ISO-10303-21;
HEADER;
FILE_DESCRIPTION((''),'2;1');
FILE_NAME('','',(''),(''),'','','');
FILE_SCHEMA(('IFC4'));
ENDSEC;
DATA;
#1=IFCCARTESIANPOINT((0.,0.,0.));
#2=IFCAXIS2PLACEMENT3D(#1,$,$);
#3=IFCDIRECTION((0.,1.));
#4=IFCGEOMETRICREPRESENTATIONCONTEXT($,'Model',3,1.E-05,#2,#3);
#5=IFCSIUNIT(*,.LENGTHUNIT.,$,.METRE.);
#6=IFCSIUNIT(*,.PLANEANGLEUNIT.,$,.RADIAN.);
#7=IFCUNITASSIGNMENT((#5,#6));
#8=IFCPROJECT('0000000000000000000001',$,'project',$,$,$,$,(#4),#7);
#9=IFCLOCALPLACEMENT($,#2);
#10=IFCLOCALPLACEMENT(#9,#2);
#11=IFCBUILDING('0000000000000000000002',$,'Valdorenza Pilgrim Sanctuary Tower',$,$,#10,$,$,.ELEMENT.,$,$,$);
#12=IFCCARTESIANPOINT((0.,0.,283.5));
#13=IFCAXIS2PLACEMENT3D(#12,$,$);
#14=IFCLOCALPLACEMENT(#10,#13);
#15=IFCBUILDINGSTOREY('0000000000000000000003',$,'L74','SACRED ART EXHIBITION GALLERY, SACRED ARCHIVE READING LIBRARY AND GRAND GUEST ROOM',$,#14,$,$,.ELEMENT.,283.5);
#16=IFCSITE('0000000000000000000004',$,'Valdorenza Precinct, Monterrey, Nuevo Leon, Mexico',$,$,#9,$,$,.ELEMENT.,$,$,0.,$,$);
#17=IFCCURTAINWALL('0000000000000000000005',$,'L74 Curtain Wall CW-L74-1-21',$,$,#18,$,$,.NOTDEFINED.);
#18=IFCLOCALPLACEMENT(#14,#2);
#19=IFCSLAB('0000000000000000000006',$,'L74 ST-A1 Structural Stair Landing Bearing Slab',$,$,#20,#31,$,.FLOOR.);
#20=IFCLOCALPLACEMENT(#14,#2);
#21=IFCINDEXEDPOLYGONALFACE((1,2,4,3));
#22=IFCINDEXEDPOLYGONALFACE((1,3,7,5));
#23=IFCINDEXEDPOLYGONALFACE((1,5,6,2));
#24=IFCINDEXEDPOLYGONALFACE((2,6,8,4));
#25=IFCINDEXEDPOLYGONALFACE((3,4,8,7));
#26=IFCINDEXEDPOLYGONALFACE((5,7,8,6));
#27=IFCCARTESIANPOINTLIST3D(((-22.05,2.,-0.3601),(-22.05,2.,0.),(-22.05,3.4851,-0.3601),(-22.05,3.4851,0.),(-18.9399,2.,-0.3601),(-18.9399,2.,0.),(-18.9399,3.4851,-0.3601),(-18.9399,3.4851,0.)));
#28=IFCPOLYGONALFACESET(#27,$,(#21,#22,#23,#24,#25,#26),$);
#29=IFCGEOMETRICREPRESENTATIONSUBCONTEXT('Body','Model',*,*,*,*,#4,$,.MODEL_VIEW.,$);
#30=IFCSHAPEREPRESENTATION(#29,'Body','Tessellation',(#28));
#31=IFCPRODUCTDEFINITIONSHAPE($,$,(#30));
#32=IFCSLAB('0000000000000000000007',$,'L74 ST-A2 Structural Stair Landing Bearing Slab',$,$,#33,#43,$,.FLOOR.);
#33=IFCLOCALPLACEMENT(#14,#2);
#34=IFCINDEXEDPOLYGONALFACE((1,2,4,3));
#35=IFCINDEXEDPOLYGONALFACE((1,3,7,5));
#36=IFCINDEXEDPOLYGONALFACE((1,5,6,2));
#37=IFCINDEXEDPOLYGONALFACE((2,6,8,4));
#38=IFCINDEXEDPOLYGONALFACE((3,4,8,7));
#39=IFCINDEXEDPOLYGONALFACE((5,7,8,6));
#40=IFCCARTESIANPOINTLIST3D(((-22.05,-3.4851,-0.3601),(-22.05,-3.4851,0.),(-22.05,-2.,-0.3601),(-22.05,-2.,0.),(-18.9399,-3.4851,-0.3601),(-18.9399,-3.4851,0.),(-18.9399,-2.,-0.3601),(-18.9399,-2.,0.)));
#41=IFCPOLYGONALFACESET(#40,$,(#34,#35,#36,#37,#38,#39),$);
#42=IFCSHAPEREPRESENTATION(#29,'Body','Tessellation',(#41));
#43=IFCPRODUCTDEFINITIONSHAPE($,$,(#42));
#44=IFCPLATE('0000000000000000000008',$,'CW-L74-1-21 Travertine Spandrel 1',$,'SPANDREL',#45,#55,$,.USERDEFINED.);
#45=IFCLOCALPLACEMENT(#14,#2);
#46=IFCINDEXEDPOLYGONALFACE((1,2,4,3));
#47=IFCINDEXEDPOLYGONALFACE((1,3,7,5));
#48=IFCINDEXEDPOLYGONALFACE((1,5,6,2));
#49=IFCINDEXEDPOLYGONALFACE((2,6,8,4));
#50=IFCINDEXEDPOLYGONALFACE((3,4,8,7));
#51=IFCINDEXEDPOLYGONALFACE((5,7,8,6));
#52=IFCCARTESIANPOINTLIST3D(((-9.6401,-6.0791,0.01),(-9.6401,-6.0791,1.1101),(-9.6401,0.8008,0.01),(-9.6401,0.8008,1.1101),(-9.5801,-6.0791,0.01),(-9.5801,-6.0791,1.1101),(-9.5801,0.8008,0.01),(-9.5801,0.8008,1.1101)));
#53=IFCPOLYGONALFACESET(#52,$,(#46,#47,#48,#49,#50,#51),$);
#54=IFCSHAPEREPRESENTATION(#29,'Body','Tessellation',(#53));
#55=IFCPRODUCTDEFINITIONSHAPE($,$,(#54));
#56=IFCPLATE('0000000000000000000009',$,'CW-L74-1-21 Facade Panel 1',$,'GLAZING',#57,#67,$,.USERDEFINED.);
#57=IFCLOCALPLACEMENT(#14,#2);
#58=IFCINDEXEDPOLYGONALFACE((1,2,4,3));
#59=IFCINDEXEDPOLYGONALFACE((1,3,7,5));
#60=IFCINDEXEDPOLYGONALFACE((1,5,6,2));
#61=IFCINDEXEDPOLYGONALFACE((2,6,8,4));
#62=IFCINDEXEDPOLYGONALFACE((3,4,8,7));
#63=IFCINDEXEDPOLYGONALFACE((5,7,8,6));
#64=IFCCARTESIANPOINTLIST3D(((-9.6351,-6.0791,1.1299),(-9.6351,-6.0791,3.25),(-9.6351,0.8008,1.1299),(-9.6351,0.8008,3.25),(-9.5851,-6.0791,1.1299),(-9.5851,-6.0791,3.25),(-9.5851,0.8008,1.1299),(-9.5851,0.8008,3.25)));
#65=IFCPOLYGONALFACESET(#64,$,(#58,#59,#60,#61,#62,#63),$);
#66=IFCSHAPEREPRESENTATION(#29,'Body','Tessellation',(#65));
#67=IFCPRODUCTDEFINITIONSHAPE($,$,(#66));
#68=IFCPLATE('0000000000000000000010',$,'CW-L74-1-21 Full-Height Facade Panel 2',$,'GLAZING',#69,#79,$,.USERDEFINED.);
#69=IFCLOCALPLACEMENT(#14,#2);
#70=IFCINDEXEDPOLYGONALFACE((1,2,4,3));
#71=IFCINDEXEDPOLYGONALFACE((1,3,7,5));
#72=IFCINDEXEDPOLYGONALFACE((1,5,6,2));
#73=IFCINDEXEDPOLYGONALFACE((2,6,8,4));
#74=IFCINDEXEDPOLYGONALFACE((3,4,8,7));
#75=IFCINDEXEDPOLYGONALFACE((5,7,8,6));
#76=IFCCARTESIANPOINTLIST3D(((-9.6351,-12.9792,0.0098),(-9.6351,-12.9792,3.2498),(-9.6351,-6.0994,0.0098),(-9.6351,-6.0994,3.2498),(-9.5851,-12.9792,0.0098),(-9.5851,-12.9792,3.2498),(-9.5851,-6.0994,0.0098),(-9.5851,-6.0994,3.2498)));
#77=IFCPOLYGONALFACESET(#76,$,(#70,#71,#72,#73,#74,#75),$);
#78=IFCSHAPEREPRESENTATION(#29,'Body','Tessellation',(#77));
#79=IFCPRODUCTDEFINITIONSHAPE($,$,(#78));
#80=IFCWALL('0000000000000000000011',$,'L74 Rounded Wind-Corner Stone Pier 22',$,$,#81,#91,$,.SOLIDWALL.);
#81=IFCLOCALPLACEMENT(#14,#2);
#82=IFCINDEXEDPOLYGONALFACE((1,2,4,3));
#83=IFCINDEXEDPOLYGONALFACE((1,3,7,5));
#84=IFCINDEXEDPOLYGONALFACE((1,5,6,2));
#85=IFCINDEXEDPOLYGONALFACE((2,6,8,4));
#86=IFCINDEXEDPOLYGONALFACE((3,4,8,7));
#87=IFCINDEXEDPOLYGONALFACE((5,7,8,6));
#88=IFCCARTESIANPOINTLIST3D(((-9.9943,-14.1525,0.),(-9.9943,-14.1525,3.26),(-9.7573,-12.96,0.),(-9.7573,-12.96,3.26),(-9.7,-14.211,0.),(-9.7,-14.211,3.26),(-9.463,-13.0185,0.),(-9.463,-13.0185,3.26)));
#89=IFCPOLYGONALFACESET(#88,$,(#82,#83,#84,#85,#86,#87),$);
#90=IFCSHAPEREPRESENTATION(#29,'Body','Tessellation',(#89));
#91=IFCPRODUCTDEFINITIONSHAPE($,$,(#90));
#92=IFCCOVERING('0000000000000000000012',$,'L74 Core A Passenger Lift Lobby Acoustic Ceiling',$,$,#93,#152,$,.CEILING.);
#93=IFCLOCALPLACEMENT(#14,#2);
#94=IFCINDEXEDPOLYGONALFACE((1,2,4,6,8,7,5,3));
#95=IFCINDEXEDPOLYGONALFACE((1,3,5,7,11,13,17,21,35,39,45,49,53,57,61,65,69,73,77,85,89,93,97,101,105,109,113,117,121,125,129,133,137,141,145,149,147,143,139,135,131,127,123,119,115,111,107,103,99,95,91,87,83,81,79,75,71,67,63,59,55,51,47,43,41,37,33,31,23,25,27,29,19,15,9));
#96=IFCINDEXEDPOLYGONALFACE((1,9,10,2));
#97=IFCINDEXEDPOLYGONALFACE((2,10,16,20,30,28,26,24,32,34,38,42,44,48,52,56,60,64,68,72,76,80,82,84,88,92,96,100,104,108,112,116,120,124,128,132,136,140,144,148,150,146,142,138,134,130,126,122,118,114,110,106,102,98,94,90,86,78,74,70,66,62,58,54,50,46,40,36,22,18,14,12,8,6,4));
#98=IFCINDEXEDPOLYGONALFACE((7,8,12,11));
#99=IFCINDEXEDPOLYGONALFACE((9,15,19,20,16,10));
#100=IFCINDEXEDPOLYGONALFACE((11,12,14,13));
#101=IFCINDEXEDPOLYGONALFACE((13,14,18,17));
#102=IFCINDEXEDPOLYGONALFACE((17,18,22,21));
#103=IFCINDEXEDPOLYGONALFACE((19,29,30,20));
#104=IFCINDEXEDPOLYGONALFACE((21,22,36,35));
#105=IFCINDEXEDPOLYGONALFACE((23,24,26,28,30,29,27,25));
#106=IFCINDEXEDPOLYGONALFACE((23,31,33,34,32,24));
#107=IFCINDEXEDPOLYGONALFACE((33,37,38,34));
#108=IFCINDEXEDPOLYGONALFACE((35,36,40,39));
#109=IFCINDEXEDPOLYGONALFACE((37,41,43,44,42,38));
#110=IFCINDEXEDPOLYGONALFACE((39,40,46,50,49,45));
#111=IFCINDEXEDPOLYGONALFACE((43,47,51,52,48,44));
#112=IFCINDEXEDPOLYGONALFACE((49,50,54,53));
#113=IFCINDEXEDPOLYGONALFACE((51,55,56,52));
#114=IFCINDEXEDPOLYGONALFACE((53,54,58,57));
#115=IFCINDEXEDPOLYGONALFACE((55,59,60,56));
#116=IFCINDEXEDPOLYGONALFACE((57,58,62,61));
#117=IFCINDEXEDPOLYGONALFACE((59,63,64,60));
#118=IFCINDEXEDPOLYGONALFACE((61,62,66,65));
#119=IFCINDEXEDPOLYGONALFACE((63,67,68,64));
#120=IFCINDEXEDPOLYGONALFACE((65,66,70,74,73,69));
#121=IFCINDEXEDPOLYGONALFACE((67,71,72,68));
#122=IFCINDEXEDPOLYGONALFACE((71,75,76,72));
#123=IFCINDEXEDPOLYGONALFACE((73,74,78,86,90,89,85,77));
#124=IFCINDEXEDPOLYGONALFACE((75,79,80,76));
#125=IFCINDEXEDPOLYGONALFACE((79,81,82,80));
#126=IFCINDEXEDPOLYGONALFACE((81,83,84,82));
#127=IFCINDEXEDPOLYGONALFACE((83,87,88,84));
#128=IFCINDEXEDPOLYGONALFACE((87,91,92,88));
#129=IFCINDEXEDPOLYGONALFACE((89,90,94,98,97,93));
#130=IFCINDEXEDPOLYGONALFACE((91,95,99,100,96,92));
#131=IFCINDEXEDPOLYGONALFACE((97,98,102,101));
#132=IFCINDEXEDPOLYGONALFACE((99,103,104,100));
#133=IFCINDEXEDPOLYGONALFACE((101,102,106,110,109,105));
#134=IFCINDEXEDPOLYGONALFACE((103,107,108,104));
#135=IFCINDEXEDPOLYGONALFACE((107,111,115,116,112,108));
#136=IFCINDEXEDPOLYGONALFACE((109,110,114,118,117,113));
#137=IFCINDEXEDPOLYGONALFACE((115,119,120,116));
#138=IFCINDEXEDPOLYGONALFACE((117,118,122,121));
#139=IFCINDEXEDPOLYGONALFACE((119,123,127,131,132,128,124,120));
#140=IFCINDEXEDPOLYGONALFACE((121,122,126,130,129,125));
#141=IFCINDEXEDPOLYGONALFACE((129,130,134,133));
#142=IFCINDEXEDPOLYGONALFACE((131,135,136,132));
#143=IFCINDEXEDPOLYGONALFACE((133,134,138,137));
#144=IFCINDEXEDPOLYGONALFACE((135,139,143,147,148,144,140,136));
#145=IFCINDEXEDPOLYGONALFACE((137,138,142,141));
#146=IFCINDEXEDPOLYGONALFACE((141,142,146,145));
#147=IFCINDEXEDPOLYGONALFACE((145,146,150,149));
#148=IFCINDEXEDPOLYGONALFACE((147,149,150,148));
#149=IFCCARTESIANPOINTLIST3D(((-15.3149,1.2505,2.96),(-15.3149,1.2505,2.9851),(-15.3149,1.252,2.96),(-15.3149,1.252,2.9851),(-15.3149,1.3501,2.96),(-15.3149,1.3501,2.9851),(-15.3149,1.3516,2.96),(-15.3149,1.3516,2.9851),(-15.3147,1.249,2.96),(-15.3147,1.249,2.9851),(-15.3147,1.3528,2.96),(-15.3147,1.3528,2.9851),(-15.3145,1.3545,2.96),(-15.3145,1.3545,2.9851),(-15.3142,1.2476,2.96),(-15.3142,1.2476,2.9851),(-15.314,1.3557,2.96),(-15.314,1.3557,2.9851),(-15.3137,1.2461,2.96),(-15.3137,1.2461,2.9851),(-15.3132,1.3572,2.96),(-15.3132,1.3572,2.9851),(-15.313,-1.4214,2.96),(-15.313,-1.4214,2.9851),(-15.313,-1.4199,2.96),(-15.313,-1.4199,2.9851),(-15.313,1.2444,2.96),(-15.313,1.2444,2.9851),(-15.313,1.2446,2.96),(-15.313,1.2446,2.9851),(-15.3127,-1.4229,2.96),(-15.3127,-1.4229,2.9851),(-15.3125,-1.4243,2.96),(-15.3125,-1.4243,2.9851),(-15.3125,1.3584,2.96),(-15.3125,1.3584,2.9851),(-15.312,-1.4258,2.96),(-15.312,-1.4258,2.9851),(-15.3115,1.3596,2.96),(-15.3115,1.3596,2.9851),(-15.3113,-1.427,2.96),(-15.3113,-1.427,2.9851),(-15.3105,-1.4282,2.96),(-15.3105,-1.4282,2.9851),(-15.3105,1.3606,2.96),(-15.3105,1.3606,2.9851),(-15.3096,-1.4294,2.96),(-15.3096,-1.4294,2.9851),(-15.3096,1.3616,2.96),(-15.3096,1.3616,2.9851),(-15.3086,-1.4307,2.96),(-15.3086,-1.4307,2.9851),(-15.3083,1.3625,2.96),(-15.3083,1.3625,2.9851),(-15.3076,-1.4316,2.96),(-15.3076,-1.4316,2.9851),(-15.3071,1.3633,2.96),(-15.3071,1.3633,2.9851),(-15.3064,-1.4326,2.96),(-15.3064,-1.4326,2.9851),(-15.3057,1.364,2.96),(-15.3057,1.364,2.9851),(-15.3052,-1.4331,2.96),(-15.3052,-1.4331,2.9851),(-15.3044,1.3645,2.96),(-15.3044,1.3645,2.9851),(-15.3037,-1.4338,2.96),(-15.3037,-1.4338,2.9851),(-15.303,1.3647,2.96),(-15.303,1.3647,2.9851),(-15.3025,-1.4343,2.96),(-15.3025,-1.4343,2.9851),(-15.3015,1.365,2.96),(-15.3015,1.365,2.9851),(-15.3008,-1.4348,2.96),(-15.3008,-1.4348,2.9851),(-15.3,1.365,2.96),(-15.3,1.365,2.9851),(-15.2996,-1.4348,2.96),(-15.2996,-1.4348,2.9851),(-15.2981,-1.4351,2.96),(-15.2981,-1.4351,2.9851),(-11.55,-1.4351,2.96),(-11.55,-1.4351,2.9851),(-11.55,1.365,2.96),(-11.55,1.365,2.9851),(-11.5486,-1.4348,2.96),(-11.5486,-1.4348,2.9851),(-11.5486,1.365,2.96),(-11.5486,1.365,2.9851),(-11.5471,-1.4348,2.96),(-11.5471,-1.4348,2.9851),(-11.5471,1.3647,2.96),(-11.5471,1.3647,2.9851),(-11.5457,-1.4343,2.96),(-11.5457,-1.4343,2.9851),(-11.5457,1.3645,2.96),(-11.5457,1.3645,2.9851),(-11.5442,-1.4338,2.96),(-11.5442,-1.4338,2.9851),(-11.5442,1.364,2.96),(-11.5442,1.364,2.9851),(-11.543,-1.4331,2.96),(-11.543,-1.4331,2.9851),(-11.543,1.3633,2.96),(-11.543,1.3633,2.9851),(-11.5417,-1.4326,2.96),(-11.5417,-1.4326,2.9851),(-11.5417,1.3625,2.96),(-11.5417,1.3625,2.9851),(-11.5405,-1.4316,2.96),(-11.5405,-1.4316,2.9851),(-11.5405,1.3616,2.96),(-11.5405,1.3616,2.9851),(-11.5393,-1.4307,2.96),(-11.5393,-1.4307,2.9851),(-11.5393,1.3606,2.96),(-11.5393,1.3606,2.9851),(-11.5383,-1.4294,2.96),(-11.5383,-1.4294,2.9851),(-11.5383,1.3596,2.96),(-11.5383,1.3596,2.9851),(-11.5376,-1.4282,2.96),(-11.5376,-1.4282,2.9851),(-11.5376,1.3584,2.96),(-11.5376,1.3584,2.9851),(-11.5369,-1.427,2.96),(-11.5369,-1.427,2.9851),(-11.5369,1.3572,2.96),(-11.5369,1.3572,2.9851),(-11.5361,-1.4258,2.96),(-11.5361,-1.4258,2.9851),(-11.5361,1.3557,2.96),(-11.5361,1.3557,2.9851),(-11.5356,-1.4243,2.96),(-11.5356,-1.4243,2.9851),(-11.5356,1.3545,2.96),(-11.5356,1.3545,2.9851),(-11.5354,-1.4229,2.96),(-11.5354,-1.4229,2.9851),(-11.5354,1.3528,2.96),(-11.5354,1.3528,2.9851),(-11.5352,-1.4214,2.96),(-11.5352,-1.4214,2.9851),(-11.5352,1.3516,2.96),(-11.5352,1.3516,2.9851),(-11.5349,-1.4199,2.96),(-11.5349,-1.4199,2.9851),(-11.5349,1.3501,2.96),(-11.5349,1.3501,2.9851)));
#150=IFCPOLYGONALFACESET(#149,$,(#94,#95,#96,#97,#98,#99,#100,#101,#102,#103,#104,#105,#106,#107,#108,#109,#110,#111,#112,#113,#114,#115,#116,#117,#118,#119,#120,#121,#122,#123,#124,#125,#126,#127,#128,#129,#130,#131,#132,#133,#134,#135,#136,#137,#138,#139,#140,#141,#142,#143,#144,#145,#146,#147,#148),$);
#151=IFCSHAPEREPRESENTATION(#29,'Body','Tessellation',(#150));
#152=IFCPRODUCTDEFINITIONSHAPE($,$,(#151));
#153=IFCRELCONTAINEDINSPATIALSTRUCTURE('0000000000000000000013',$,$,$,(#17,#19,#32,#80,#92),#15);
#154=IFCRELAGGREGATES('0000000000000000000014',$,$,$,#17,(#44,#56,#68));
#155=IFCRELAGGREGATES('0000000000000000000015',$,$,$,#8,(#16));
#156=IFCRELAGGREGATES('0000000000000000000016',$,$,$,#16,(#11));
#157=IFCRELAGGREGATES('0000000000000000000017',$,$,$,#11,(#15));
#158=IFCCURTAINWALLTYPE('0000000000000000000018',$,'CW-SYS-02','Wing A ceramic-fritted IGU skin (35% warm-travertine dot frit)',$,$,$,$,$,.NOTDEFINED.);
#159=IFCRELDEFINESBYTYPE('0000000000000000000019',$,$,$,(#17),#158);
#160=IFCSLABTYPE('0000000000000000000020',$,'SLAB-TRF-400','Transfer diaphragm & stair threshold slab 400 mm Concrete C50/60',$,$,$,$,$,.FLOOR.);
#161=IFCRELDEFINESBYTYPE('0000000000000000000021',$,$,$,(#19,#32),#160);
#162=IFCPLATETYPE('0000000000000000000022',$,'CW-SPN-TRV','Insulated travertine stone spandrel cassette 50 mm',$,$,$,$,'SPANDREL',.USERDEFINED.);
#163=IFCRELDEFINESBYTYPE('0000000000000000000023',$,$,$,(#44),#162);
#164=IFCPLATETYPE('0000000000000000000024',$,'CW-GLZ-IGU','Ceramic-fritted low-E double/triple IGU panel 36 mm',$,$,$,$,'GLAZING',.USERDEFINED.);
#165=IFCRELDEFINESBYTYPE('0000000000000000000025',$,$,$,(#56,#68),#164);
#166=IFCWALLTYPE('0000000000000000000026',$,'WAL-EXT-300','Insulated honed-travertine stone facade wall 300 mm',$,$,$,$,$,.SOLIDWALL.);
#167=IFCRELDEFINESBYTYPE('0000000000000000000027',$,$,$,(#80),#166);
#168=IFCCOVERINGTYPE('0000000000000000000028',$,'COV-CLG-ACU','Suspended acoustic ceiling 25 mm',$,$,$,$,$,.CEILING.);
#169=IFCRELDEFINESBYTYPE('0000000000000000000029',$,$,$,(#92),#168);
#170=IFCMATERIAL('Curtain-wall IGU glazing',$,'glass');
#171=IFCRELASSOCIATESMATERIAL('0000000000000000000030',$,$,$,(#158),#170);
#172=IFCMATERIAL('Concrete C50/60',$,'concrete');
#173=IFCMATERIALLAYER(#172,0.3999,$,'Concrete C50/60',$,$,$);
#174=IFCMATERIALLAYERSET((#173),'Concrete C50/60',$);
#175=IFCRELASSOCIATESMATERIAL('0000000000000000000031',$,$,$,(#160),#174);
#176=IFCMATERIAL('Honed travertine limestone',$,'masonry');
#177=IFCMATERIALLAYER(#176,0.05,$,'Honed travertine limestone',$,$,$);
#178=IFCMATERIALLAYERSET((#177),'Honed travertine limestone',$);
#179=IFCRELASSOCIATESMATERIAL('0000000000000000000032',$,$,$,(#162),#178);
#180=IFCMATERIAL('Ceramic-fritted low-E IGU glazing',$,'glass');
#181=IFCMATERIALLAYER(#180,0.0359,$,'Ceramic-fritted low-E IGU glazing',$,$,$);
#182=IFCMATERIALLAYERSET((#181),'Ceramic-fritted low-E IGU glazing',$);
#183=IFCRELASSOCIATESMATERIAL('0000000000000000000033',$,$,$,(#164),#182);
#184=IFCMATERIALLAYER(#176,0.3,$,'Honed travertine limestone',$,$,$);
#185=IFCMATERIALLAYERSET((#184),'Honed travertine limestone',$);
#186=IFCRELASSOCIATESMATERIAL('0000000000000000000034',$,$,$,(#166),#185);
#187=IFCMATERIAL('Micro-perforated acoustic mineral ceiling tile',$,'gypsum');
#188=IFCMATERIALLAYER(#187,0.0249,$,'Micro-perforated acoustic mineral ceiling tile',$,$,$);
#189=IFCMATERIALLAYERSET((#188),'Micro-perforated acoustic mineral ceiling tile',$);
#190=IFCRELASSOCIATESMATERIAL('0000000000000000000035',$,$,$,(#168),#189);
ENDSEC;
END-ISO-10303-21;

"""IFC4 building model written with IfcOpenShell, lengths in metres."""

from ifc_helpers import new_model, si_unit, direction, frame, frame_2d, origin, origin_2d, place, context, subcontext, project, spatial, polyline, rectangle, outline, extrude, source, transform, mapped, material, layer, layer_set, type_object, element, aggregate, save


model = new_model("IFC4")

# Units and contexts
model_context = context("Model", 3, precision=1e-05, world=origin(), true_north=direction((0.0, 1.0)))
body_context = subcontext(model_context, "Body", "Model", "MODEL_VIEW")
ifc_project = project(units=[si_unit("LENGTHUNIT", "METRE"), si_unit("PLANEANGLEUNIT", "RADIAN")], contexts=[model_context])

# Site, building, storey
site_placement = place(None, origin())
site = spatial("IfcSite", under=ifc_project, at=site_placement, Name="Valdorenza Precinct, Monterrey, Nuevo Leon, Mexico", CompositionType="ELEMENT", RefElevation=0.0)
building_placement = place(site_placement, origin())
building = spatial("IfcBuilding", under=site, at=building_placement, Name="Valdorenza Pilgrim Sanctuary Tower", CompositionType="ELEMENT")
storey_placement = place(building_placement, frame((0.0, 0.0, 283.5)))
storey = spatial("IfcBuildingStorey", under=building, at=storey_placement, Name="L74", Description="SACRED ART EXHIBITION GALLERY, SACRED ARCHIVE READING LIBRARY AND GRAND GUEST ROOM", CompositionType="ELEMENT", Elevation=283.5)

# Curtain wall
ifc_material_1 = material(Name="Curtain-wall IGU glazing", Category="glass")
curtain_wall_type = type_object("IfcCurtainWallType", Name="CW-SYS-02", Description="Wing A ceramic-fritted IGU skin (35% warm-travertine dot frit)", PredefinedType="NOTDEFINED", material=ifc_material_1)
curtain_wall_placement = place(storey_placement, origin())
curtain_wall = element("IfcCurtainWall", 1, at=curtain_wall_placement, inside=storey, type_object=curtain_wall_type, Name="L74 Curtain Wall CW-L74-1-21", PredefinedType="NOTDEFINED")

# Slabs
ifc_material_2 = material(Name="Concrete C50/60", Category="concrete")
ifc_layer_1 = layer(ifc_material_2, 0.3999, Name="Concrete C50/60")
ifc_layer_set_1 = layer_set([ifc_layer_1], Name="Concrete C50/60")
slab_type_1 = type_object("IfcSlabType", Name="SLAB-TRF-400", Description="Transfer diaphragm & stair threshold slab 400 mm Concrete C50/60", PredefinedType="FLOOR", material=ifc_layer_set_1)
slab_1_placement = place(storey_placement, frame((0.0, 0.0, -0.3601)))
element("IfcSlab", 2, at=slab_1_placement, inside=storey, type_object=slab_type_1, Name="L74 ST-A1 Structural Stair Landing Bearing Slab", PredefinedType="FLOOR", context=body_context, shape_type="SweptSolid", body=[
    extrude(outline(polyline([(-22.05, 2.0), (-18.9399, 2.0), (-18.9399, 3.4851), (-22.05, 3.4851), (-22.05, 2.0)])), origin(), (0.0, 0.0, 1.0), 0.3601),
])
slab_2_placement = place(storey_placement, frame((0.0, 0.0, -0.3601)))
element("IfcSlab", 3, at=slab_2_placement, inside=storey, type_object=slab_type_1, Name="L74 ST-A2 Structural Stair Landing Bearing Slab", PredefinedType="FLOOR", context=body_context, shape_type="SweptSolid", body=[
    extrude(outline(polyline([(-22.05, -3.4851), (-18.9399, -3.4851), (-18.9399, -2.0), (-22.05, -2.0), (-22.05, -3.4851)])), origin(), (0.0, 0.0, 1.0), 0.3601),
])

# Plates
ifc_material_3 = material(Name="Honed travertine limestone", Category="masonry")
ifc_layer_2 = layer(ifc_material_3, 0.05, Name="Honed travertine limestone")
ifc_layer_set_2 = layer_set([ifc_layer_2], Name="Honed travertine limestone")
plate_type_1 = type_object("IfcPlateType", Name="CW-SPN-TRV", Description="Insulated travertine stone spandrel cassette 50 mm", ElementType="SPANDREL", PredefinedType="USERDEFINED", material=ifc_layer_set_2)
shared_shape_1 = source(origin(), body_context, "Body", "SweptSolid", [
    extrude(rectangle(XDim=6.8799, YDim=0.0601, at=origin_2d()), origin(), (0.0, 0.0, 1.0), 1.1001),
])
plate_1_placement = place(storey_placement, frame((-9.6101, -2.6392, 0.01), z_axis=(0.0, 0.0, 1.0), x_axis=(0.0, -1.0, 0.0)))
plate_1 = element("IfcPlate", 4, at=plate_1_placement, type_object=plate_type_1, Name="CW-L74-1-21 Travertine Spandrel 1", ObjectType="SPANDREL", PredefinedType="USERDEFINED", context=body_context, shape_type="MappedRepresentation", body=[
    mapped(shared_shape_1, transform((0.0, 0.0, 0.0), x_axis=(1.0, 0.0, 0.0), y_axis=(0.0, 1.0, 0.0), z_axis=(0.0, 0.0, 1.0), scale=1.0)),
])
ifc_material_4 = material(Name="Ceramic-fritted low-E IGU glazing", Category="glass")
ifc_layer_3 = layer(ifc_material_4, 0.0359, Name="Ceramic-fritted low-E IGU glazing")
ifc_layer_set_3 = layer_set([ifc_layer_3], Name="Ceramic-fritted low-E IGU glazing")
plate_type_2 = type_object("IfcPlateType", Name="CW-GLZ-IGU", Description="Ceramic-fritted low-E double/triple IGU panel 36 mm", ElementType="GLAZING", PredefinedType="USERDEFINED", material=ifc_layer_set_3)
shared_shape_2 = source(origin(), body_context, "Body", "SweptSolid", [
    extrude(rectangle(XDim=6.8799, YDim=0.05, at=origin_2d()), origin(), (0.0, 0.0, 1.0), 2.1201),
])
plate_2_placement = place(storey_placement, frame((-9.6101, -2.6392, 1.1299), z_axis=(0.0, 0.0, 1.0), x_axis=(0.0, -1.0, 0.0)))
plate_2 = element("IfcPlate", 5, at=plate_2_placement, type_object=plate_type_2, Name="CW-L74-1-21 Facade Panel 1", ObjectType="GLAZING", PredefinedType="USERDEFINED", context=body_context, shape_type="MappedRepresentation", body=[
    mapped(shared_shape_2, transform((0.0, 0.0, 0.0), x_axis=(1.0, 0.0, 0.0), y_axis=(0.0, 1.0, 0.0), z_axis=(0.0, 0.0, 1.0), scale=1.0)),
])
shared_shape_3 = source(origin(), body_context, "Body", "SweptSolid", [
    extrude(rectangle(XDim=6.8799, YDim=0.05, at=origin_2d()), origin(), (0.0, 0.0, 1.0), 3.24),
])
plate_3_placement = place(storey_placement, frame((-9.6101, -9.5393, 0.0098), z_axis=(0.0, 0.0, 1.0), x_axis=(0.0, -1.0, 0.0)))
plate_3 = element("IfcPlate", 6, at=plate_3_placement, type_object=plate_type_2, Name="CW-L74-1-21 Full-Height Facade Panel 2", ObjectType="GLAZING", PredefinedType="USERDEFINED", context=body_context, shape_type="MappedRepresentation", body=[
    mapped(shared_shape_3, transform((0.0, 0.0, 0.0), x_axis=(1.0, 0.0, 0.0), y_axis=(0.0, 1.0, 0.0), z_axis=(0.0, 0.0, 1.0), scale=1.0)),
])
aggregate(curtain_wall, [plate_1, plate_2, plate_3])

# Wall
ifc_layer_4 = layer(ifc_material_3, 0.3, Name="Honed travertine limestone")
ifc_layer_set_4 = layer_set([ifc_layer_4], Name="Honed travertine limestone")
wall_type = type_object("IfcWallType", Name="WAL-EXT-300", Description="Insulated honed-travertine stone facade wall 300 mm", PredefinedType="SOLIDWALL", material=ifc_layer_set_4)
wall_placement = place(storey_placement, frame((-9.6101, -12.9893, 0.0), z_axis=(0.0, 0.0, 1.0), x_axis=(-0.194996, -0.980804, 0.0)))
element("IfcWall", 7, at=wall_placement, inside=storey, type_object=wall_type, Name="L74 Rounded Wind-Corner Stone Pier 22", PredefinedType="SOLIDWALL", context=body_context, shape_type="SweptSolid", body=[
    extrude(rectangle(XDim=1.2158, YDim=0.3, at=frame_2d((0.6079, 0.0))), origin(), (0.0, 0.0, 1.0), 3.26),
])

# Covering
ifc_material_5 = material(Name="Micro-perforated acoustic mineral ceiling tile", Category="gypsum")
ifc_layer_5 = layer(ifc_material_5, 0.0249, Name="Micro-perforated acoustic mineral ceiling tile")
ifc_layer_set_5 = layer_set([ifc_layer_5], Name="Micro-perforated acoustic mineral ceiling tile")
covering_type_1 = type_object("IfcCoveringType", Name="COV-CLG-ACU", Description="Suspended acoustic ceiling 25 mm", PredefinedType="CEILING", material=ifc_layer_set_5)
covering_1_placement = place(storey_placement, frame((0.0, 0.0, 2.96)))
element("IfcCovering", 8, at=covering_1_placement, inside=storey, type_object=covering_type_1, Name="L74 Core A Passenger Lift Lobby Acoustic Ceiling", PredefinedType="CEILING", context=body_context, shape_type="SweptSolid", body=[
    extrude(outline(polyline([(-15.3149, 1.3501), (-15.3149, 1.3516), (-15.3147, 1.3528), (-15.3145, 1.3545), (-15.314, 1.3557), (-15.3132, 1.3572), (-15.3125, 1.3584), (-15.3115, 1.3596), (-15.3105, 1.3606), (-15.3096, 1.3616), (-15.3083, 1.3625), (-15.3071, 1.3633), (-15.3057, 1.364), (-15.3044, 1.3645), (-15.303, 1.3647), (-15.3015, 1.365), (-15.3, 1.365), (-11.55, 1.365), (-11.5486, 1.365), (-11.5471, 1.3647), (-11.5457, 1.3645), (-11.5442, 1.364), (-11.543, 1.3633), (-11.5417, 1.3625), (-11.5405, 1.3616), (-11.5393, 1.3606), (-11.5383, 1.3596), (-11.5376, 1.3584), (-11.5369, 1.3572), (-11.5361, 1.3557), (-11.5356, 1.3545), (-11.5354, 1.3528), (-11.5352, 1.3516), (-11.5349, 1.3501), (-11.5349, -1.4199), (-11.5352, -1.4214), (-11.5354, -1.4229), (-11.5356, -1.4243), (-11.5361, -1.4258), (-11.5369, -1.427), (-11.5376, -1.4282), (-11.5383, -1.4294), (-11.5393, -1.4307), (-11.5405, -1.4316), (-11.5417, -1.4326), (-11.543, -1.4331), (-11.5442, -1.4338), (-11.5457, -1.4343), (-11.5471, -1.4348), (-11.5486, -1.4348), (-11.55, -1.4351), (-15.2981, -1.4351), (-15.2996, -1.4348), (-15.3008, -1.4348), (-15.3025, -1.4343), (-15.3037, -1.4338), (-15.3052, -1.4331), (-15.3064, -1.4326), (-15.3076, -1.4316), (-15.3086, -1.4307), (-15.3096, -1.4294), (-15.3105, -1.4282), (-15.3113, -1.427), (-15.312, -1.4258), (-15.3125, -1.4243), (-15.3127, -1.4229), (-15.313, -1.4214), (-15.313, -1.4199), (-15.313, 1.2444), (-15.313, 1.2446), (-15.3137, 1.2461), (-15.3142, 1.2476), (-15.3147, 1.249), (-15.3149, 1.2505), (-15.3149, 1.252), (-15.3149, 1.3501)])), origin(), (0.0, 0.0, 1.0), 0.0251),
])

save(model, "model.ifc")
